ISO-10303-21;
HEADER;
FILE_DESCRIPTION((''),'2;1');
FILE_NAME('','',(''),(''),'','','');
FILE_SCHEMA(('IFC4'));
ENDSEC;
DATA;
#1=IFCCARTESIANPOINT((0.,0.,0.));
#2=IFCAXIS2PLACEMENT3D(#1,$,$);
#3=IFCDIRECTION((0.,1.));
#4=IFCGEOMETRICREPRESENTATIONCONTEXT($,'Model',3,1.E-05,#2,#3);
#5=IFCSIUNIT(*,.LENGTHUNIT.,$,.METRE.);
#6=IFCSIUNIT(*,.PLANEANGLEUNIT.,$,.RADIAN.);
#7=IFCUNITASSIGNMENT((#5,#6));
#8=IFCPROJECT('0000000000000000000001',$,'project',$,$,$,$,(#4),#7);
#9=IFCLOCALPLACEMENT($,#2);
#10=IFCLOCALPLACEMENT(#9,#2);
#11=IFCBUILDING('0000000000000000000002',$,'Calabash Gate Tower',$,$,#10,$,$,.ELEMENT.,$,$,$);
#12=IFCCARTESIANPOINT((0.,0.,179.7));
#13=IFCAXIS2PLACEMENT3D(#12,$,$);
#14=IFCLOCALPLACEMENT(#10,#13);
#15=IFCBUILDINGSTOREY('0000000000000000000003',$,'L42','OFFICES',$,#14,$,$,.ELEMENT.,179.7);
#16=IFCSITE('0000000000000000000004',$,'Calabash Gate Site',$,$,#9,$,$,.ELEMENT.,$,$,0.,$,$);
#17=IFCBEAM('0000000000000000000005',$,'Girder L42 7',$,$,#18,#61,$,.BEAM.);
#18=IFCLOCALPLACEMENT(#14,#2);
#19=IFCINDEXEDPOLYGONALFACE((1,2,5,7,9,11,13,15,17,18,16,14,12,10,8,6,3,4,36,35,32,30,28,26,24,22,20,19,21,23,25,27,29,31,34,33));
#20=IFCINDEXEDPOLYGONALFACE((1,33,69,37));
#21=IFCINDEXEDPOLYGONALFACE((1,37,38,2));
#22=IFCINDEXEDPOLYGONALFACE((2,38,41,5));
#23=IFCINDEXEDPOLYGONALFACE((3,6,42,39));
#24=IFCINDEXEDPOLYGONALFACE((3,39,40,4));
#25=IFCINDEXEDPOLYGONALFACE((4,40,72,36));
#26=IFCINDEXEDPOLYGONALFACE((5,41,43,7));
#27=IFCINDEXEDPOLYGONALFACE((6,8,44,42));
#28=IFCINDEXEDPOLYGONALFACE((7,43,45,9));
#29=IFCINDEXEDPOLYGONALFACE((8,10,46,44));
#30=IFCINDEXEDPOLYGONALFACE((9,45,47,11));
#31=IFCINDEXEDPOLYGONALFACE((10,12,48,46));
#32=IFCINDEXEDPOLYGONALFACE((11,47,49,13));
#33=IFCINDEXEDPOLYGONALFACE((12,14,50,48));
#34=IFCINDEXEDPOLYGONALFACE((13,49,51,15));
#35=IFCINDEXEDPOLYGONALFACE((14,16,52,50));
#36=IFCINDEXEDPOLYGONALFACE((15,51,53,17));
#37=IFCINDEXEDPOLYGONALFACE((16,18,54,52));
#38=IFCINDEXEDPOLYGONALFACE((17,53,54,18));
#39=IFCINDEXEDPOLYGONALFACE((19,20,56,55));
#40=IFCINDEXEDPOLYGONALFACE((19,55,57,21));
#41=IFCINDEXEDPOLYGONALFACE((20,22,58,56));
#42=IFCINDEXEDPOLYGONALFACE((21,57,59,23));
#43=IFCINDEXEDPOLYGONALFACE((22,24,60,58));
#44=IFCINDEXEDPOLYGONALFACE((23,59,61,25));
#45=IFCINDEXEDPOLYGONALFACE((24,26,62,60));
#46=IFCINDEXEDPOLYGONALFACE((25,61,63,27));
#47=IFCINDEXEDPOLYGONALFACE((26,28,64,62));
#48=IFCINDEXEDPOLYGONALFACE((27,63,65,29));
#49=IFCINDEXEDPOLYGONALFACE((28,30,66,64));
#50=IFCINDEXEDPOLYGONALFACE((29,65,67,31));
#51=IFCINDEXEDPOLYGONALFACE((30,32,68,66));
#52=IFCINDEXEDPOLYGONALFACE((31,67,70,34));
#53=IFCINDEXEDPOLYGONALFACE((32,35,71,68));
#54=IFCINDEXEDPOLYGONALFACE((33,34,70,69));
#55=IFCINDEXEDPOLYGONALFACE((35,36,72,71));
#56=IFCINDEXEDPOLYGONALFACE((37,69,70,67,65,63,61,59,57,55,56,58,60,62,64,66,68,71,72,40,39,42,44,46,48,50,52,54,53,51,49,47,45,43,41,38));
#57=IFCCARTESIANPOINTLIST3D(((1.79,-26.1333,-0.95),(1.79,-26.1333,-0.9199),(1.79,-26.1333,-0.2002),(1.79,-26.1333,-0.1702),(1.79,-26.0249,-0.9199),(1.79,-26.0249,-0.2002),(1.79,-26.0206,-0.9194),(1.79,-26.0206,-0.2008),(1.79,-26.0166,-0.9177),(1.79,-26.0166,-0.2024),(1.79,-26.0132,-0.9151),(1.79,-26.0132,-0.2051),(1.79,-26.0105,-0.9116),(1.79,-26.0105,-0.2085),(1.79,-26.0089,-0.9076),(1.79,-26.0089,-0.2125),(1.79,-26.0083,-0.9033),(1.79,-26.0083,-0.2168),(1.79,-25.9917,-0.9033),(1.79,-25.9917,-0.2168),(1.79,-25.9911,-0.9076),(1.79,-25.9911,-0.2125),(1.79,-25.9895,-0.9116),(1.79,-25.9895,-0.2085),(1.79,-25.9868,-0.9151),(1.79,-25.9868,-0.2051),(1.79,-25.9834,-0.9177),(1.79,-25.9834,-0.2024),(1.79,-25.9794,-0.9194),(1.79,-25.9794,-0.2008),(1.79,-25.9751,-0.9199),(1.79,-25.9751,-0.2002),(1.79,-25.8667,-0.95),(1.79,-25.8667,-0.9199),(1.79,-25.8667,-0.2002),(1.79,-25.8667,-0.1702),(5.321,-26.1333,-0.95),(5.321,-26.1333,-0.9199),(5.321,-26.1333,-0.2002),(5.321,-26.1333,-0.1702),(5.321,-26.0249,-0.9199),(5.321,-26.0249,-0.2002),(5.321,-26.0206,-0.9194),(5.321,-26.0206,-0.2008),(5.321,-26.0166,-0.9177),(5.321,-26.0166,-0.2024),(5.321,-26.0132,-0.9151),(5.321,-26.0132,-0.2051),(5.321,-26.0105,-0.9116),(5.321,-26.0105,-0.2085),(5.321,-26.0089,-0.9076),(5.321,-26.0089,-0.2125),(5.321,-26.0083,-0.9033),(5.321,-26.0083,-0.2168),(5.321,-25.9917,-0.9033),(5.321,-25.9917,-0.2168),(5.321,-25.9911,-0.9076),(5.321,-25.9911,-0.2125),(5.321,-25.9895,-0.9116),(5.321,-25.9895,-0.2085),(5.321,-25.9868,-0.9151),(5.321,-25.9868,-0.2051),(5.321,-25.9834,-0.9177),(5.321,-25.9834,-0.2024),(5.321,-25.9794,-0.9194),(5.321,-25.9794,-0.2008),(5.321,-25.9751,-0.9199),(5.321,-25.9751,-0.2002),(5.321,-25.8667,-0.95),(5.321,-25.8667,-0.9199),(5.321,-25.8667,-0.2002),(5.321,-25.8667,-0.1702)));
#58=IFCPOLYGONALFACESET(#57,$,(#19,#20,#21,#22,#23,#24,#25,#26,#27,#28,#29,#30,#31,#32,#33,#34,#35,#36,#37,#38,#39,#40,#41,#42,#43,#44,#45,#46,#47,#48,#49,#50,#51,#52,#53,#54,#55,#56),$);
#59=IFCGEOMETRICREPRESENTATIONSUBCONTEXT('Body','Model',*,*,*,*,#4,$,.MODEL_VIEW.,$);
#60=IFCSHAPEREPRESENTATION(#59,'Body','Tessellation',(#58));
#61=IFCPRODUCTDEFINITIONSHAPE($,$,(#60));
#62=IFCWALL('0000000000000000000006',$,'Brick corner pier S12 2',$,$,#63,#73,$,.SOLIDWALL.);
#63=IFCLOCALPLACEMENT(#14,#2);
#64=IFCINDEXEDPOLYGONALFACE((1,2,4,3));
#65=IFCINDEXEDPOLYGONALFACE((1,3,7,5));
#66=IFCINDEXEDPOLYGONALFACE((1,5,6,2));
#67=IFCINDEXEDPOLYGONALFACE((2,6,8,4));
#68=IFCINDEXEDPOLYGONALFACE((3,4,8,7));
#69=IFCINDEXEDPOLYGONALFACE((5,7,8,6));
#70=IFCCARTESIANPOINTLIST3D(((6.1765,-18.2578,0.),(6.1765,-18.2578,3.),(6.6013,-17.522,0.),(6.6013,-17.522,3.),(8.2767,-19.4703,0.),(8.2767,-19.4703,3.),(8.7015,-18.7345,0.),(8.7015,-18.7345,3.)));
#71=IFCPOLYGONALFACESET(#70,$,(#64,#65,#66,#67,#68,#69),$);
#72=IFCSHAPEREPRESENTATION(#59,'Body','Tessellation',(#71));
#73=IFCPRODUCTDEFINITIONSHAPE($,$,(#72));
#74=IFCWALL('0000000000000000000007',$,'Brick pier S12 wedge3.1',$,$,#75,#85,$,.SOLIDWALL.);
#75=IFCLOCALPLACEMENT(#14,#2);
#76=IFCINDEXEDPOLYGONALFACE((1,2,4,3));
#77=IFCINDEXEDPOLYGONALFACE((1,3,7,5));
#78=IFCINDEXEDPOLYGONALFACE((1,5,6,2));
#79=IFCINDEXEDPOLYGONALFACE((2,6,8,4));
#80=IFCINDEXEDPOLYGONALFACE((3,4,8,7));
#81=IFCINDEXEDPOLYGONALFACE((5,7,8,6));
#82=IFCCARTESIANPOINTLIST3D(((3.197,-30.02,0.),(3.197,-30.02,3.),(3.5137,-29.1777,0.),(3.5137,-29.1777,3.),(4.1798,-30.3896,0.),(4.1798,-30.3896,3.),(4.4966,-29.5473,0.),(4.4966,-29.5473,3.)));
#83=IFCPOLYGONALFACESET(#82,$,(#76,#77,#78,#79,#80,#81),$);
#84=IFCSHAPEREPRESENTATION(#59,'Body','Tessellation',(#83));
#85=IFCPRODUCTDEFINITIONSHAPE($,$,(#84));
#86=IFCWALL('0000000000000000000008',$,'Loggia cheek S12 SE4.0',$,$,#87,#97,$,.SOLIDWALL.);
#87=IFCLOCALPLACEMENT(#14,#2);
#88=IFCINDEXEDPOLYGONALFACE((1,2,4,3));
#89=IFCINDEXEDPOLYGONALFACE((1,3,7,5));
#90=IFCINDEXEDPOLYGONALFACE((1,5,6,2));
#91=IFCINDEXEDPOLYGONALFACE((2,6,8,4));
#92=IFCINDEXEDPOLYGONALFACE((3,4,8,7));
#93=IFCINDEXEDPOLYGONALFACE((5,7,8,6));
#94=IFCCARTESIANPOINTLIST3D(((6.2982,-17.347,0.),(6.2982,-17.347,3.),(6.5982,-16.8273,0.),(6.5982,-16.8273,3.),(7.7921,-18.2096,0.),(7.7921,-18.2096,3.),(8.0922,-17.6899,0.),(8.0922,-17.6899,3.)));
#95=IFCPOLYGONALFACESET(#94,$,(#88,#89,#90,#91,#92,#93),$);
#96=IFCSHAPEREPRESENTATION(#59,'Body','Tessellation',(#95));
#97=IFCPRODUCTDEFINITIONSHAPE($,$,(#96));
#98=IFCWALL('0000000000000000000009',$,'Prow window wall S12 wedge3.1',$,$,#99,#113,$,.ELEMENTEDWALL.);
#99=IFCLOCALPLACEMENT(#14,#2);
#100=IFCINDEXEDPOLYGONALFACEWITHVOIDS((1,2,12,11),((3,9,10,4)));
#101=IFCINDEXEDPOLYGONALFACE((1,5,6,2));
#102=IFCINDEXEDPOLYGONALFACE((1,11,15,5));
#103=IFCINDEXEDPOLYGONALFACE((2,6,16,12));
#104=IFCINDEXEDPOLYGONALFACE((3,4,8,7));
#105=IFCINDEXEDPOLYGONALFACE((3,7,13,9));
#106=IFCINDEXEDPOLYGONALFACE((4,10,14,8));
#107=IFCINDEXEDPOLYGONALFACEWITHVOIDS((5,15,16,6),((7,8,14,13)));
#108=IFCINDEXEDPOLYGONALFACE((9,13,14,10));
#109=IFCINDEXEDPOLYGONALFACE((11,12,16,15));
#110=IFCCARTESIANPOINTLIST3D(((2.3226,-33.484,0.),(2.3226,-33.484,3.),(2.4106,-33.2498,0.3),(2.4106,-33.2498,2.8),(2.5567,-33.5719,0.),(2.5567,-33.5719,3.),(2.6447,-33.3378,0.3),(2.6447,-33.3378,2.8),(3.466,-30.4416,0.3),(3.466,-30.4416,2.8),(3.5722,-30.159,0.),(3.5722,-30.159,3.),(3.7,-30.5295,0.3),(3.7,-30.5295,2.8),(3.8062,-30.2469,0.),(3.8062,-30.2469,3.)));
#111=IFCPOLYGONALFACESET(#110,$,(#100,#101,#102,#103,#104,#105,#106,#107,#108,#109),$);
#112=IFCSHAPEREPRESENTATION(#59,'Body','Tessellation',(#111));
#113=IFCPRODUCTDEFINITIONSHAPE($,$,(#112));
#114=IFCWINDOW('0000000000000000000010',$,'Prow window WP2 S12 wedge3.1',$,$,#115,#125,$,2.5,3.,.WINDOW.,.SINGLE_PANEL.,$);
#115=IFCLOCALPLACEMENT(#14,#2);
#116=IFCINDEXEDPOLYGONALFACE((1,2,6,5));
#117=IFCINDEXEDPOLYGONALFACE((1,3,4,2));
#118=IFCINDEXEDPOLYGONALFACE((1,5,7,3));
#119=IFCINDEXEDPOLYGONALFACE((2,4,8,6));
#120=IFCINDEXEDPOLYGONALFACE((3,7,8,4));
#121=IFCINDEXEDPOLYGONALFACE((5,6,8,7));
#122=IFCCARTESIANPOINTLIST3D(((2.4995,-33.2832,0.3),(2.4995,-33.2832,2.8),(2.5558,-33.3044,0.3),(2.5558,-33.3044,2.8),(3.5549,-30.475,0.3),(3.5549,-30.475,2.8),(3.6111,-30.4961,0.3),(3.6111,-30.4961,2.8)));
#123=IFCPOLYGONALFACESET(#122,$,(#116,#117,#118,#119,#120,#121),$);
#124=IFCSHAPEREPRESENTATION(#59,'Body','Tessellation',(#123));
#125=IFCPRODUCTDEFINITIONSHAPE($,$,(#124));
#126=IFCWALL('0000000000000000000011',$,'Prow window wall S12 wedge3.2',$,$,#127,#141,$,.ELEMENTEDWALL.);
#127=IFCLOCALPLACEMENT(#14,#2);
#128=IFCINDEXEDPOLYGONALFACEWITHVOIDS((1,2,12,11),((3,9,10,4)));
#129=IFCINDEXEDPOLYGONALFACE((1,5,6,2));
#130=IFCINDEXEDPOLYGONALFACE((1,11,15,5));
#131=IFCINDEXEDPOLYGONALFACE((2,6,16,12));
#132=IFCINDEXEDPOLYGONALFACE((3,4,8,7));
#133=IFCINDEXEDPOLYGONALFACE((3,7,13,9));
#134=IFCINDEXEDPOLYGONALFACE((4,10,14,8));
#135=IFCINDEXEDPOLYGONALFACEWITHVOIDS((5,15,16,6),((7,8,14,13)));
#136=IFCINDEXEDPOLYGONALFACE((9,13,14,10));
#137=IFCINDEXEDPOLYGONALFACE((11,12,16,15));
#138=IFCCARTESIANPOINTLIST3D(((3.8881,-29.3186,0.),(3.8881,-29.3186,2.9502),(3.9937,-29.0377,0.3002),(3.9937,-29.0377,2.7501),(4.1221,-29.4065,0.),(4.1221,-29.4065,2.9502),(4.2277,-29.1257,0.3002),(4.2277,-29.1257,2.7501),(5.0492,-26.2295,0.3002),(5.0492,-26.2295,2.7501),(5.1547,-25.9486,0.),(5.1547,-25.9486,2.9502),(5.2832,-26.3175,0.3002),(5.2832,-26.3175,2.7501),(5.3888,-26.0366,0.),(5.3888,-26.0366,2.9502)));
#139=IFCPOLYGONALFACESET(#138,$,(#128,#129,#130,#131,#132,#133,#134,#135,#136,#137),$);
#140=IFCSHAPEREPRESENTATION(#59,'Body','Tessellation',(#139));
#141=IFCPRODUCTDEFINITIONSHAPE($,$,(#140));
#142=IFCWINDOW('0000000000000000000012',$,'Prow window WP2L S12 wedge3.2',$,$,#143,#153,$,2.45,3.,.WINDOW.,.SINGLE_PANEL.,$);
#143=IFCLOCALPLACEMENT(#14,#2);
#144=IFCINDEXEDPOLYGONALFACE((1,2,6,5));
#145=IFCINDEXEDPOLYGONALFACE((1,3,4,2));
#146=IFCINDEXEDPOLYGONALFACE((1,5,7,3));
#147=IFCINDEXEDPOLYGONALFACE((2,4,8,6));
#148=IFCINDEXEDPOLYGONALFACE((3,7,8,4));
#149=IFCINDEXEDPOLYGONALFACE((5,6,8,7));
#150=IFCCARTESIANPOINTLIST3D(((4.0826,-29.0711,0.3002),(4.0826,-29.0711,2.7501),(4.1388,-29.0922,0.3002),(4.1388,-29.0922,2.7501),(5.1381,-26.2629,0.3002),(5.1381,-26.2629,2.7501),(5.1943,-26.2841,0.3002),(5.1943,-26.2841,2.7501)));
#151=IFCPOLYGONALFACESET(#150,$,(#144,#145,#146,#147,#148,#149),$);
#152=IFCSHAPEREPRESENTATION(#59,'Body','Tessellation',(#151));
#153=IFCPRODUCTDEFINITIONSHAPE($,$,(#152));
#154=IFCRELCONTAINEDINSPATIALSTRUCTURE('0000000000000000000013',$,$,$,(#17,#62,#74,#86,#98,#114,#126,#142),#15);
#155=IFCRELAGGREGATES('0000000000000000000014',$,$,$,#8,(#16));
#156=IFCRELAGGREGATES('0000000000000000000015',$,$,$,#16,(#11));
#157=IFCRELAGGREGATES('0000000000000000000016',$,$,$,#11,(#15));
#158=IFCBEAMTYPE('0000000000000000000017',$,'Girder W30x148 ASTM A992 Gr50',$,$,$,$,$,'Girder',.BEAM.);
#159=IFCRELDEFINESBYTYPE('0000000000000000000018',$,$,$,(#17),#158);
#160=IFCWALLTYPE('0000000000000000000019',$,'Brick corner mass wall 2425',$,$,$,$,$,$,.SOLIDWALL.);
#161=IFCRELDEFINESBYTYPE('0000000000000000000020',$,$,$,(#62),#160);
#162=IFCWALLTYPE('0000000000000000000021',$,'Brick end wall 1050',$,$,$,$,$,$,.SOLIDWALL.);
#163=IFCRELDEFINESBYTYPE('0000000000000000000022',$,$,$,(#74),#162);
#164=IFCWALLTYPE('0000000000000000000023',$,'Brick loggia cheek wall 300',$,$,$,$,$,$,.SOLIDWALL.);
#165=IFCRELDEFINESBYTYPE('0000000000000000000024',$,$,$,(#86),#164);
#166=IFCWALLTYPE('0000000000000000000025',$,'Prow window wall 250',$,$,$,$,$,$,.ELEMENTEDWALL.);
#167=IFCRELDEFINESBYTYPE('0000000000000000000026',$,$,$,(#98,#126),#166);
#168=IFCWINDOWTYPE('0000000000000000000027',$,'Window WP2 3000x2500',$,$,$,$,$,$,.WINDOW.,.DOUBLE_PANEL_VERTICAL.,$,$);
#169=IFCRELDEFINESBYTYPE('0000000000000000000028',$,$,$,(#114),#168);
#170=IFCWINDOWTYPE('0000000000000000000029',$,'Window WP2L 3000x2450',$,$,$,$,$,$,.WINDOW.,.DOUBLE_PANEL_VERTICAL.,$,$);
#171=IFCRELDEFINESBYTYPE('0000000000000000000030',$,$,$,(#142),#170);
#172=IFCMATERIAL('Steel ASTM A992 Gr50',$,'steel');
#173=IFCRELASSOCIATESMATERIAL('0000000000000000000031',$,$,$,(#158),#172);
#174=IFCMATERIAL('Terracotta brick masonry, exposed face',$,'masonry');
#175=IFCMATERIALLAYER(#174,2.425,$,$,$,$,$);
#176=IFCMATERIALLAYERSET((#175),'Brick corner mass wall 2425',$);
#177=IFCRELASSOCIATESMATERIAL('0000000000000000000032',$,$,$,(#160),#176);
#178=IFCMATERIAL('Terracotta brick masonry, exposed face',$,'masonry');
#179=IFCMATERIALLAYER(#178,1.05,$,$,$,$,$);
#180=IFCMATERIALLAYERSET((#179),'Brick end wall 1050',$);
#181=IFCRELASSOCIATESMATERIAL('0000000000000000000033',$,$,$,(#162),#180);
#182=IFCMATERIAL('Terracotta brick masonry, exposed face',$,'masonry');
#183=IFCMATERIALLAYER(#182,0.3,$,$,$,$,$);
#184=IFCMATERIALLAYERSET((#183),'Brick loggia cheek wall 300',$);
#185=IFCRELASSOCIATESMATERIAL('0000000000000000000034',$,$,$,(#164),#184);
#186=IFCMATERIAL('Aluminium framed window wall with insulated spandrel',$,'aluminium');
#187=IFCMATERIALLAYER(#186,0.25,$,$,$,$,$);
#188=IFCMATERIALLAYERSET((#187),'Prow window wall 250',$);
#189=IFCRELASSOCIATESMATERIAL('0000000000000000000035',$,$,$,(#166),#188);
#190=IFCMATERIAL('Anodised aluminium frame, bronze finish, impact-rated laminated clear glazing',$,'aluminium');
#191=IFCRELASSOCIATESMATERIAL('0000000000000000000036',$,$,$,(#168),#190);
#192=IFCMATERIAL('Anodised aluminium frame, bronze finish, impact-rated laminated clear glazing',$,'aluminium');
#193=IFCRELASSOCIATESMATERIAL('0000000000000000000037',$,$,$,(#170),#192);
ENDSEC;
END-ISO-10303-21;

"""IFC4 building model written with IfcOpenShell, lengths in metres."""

from ifc_helpers import new_model, si_unit, direction, frame, frame_2d, origin, origin_2d, place, context, subcontext, project, spatial, rectangle, i_section, extrude, material, layer, layer_set, material_profile, profile_set, type_object, element, fill, save


model = new_model("IFC4")

# Units and contexts
model_context = context("Model", 3, precision=1e-05, world=origin(), true_north=direction((0.0, 1.0)))
body_context = subcontext(model_context, "Body", "Model", "MODEL_VIEW")
ifc_project = project(units=[si_unit("LENGTHUNIT", "METRE"), si_unit("PLANEANGLEUNIT", "RADIAN")], contexts=[model_context])

# Site, building, storey
site_placement = place(None, origin())
site = spatial("IfcSite", under=ifc_project, at=site_placement, Name="Calabash Gate Site", CompositionType="ELEMENT", RefElevation=0.0)
building_placement = place(site_placement, origin())
building = spatial("IfcBuilding", under=site, at=building_placement, Name="Calabash Gate Tower", CompositionType="ELEMENT")
storey_placement = place(building_placement, frame((0.0, 0.0, 179.7)))
storey = spatial("IfcBuildingStorey", under=building, at=storey_placement, Name="L42", Description="OFFICES", CompositionType="ELEMENT", Elevation=179.7)

# Beam
ifc_material_1 = material(Name="Steel ASTM A992 Gr50", Category="steel")
ifc_material_profile_1 = material_profile(ifc_material_1, i_section(OverallWidth=0.2666, OverallDepth=0.7798, WebThickness=0.0166, FlangeThickness=0.03, FilletRadius=0.0166, at=origin_2d()))
ifc_profile_set_1 = profile_set([ifc_material_profile_1], Name="Steel ASTM A992 Gr50")
beam_type_1 = type_object("IfcBeamType", Name="Girder W30x148 ASTM A992 Gr50", ElementType="Girder", PredefinedType="BEAM", material=ifc_profile_set_1)
beam_1_placement = place(storey_placement, frame((1.79, -26.0, -0.5601), z_axis=(1.0, 0.0, 0.0), x_axis=(0.0, 1.0, 0.0)))
element("IfcBeam", 1, at=beam_1_placement, inside=storey, type_object=beam_type_1, Name="Girder L42 7", PredefinedType="BEAM", context=body_context, shape_type="SweptSolid", body=[
    extrude(i_section(OverallWidth=0.2666, OverallDepth=0.7798, WebThickness=0.0166, FlangeThickness=0.03, FilletRadius=0.0166, at=origin_2d()), origin(), (0.0, 0.0, 1.0), 3.531),
])

# Walls
ifc_material_2 = material(Name="Terracotta brick masonry, exposed face", Category="masonry")
ifc_layer_1 = layer(ifc_material_2, 2.425)
ifc_layer_set_1 = layer_set([ifc_layer_1], Name="Brick corner mass wall 2425")
wall_type_1 = type_object("IfcWallType", Name="Brick corner mass wall 2425", PredefinedType="SOLIDWALL", material=ifc_layer_set_1)
wall_1_placement = place(storey_placement, frame((8.489, -19.1023, 0.0), z_axis=(0.0, 0.0, 1.0), x_axis=(-0.866041, 0.499972, 0.0)))
element("IfcWall", 2, at=wall_1_placement, inside=storey, type_object=wall_type_1, Name="Brick corner pier S12 2", PredefinedType="SOLIDWALL", context=body_context, shape_type="SweptSolid", body=[
    extrude(rectangle(XDim=2.425, YDim=0.8496, at=frame_2d((1.2124, 0.0))), origin(), (0.0, 0.0, 1.0), 3.0),
])
ifc_material_3 = material(Name="Terracotta brick masonry, exposed face", Category="masonry")
ifc_layer_2 = layer(ifc_material_3, 1.05)
ifc_layer_set_2 = layer_set([ifc_layer_2], Name="Brick end wall 1050")
wall_type_2 = type_object("IfcWallType", Name="Brick end wall 1050", PredefinedType="SOLIDWALL", material=ifc_layer_set_2)
wall_2_placement = place(storey_placement, frame((3.3555, -29.5989, 0.0), z_axis=(0.0, 0.0, 1.0), x_axis=(0.936004, -0.35199, 0.0)))
element("IfcWall", 3, at=wall_2_placement, inside=storey, type_object=wall_type_2, Name="Brick pier S12 wedge3.1", PredefinedType="SOLIDWALL", context=body_context, shape_type="SweptSolid", body=[
    extrude(rectangle(XDim=1.05, YDim=0.8999, at=frame_2d((0.5249, 0.0))), origin(), (0.0, 0.0, 1.0), 3.0),
])
ifc_material_4 = material(Name="Terracotta brick masonry, exposed face", Category="masonry")
ifc_layer_3 = layer(ifc_material_4, 0.3)
ifc_layer_set_3 = layer_set([ifc_layer_3], Name="Brick loggia cheek wall 300")
wall_type_3 = type_object("IfcWallType", Name="Brick loggia cheek wall 300", PredefinedType="SOLIDWALL", material=ifc_layer_set_3)
wall_3_placement = place(storey_placement, frame((7.9421, -17.9497, 0.0), z_axis=(0.0, 0.0, 1.0), x_axis=(-0.866014, 0.500021, 0.0)))
element("IfcWall", 4, at=wall_3_placement, inside=storey, type_object=wall_type_3, Name="Loggia cheek S12 SE4.0", PredefinedType="SOLIDWALL", context=body_context, shape_type="SweptSolid", body=[
    extrude(rectangle(XDim=1.7251, YDim=0.6001, at=frame_2d((0.8625, 0.0))), origin(), (0.0, 0.0, 1.0), 3.0),
])

# Walls, openings, windows
ifc_material_5 = material(Name="Aluminium framed window wall with insulated spandrel", Category="aluminium")
ifc_layer_4 = layer(ifc_material_5, 0.25)
ifc_layer_set_4 = layer_set([ifc_layer_4], Name="Prow window wall 250")
wall_type_4 = type_object("IfcWallType", Name="Prow window wall 250", PredefinedType="ELEMENTEDWALL", material=ifc_layer_set_4)
wall_4_placement = place(storey_placement, frame((2.4397, -33.5278, 0.0), z_axis=(0.0, 0.0, 1.0), x_axis=(0.351779, 0.936083, 0.0)))
wall_4 = element("IfcWall", 5, at=wall_4_placement, inside=storey, type_object=wall_type_4, Name="Prow window wall S12 wedge3.1", PredefinedType="ELEMENTEDWALL", context=body_context, shape_type="SweptSolid", body=[
    extrude(rectangle(XDim=3.552, YDim=0.25, at=frame_2d((1.7759, 0.0))), origin(), (0.0, 0.0, 1.0), 3.0),
])
opening_1_placement = place(wall_4_placement, frame((0.25, 0.0, 0.3)))
opening_1 = element("IfcOpeningElement", 6, at=opening_1_placement, cuts=wall_4, PredefinedType="OPENING", context=body_context, shape_type="SweptSolid", body=[
    extrude(rectangle(XDim=3.0, YDim=2.5, at=frame_2d((1.5, 1.25))), frame((0.0, 0.135, 0.0), z_axis=(0.0, -1.0, 0.0), x_axis=(1.0, 0.0, 0.0)), (0.0, 0.0, 1.0), 0.27),
])
ifc_material_6 = material(Name="Anodised aluminium frame, bronze finish, impact-rated laminated clear glazing", Category="aluminium")
window_type_1 = type_object("IfcWindowType", Name="Window WP2 3000x2500", PartitioningType="DOUBLE_PANEL_VERTICAL", PredefinedType="WINDOW", material=ifc_material_6)
window_1_placement = place(opening_1_placement, origin())
window_1 = element("IfcWindow", 7, at=window_1_placement, inside=storey, type_object=window_type_1, Name="Prow window WP2 S12 wedge3.1", OverallHeight=2.5, OverallWidth=3.0, PartitioningType="SINGLE_PANEL", PredefinedType="WINDOW", context=body_context, shape_type="SweptSolid", body=[
    extrude(rectangle(XDim=3.0, YDim=2.5, at=frame_2d((1.5, 1.25))), frame((0.0, 0.03, 0.0), z_axis=(0.0, -1.0, 0.0), x_axis=(1.0, 0.0, 0.0)), (0.0, 0.0, 1.0), 0.0601),
])
fill(opening_1, window_1)
wall_5_placement = place(storey_placement, frame((4.0051, -29.3625, 0.0), z_axis=(0.0, 0.0, 1.0), x_axis=(0.351829, 0.936064, 0.0)))
wall_5 = element("IfcWall", 8, at=wall_5_placement, inside=storey, type_object=wall_type_4, Name="Prow window wall S12 wedge3.2", PredefinedType="ELEMENTEDWALL", context=body_context, shape_type="SweptSolid", body=[
    extrude(rectangle(XDim=3.6001, YDim=0.25, at=frame_2d((1.8, 0.0))), origin(), (0.0, 0.0, 1.0), 2.9502),
])
opening_2_placement = place(wall_5_placement, frame((0.3, 0.0, 0.3)))
opening_2 = element("IfcOpeningElement", 9, at=opening_2_placement, cuts=wall_5, PredefinedType="OPENING", context=body_context, shape_type="SweptSolid", body=[
    extrude(rectangle(XDim=3.0, YDim=2.45, at=frame_2d((1.5, 1.2251))), frame((0.0, 0.135, 0.0), z_axis=(0.0, -1.0, 0.0), x_axis=(1.0, 0.0, 0.0)), (0.0, 0.0, 1.0), 0.27),
])
ifc_material_7 = material(Name="Anodised aluminium frame, bronze finish, impact-rated laminated clear glazing", Category="aluminium")
window_type_2 = type_object("IfcWindowType", Name="Window WP2L 3000x2450", PartitioningType="DOUBLE_PANEL_VERTICAL", PredefinedType="WINDOW", material=ifc_material_7)
window_2_placement = place(opening_2_placement, origin())
window_2 = element("IfcWindow", 10, at=window_2_placement, inside=storey, type_object=window_type_2, Name="Prow window WP2L S12 wedge3.2", OverallHeight=2.45, OverallWidth=3.0, PartitioningType="SINGLE_PANEL", PredefinedType="WINDOW", context=body_context, shape_type="SweptSolid", body=[
    extrude(rectangle(XDim=3.0, YDim=2.45, at=frame_2d((1.5, 1.2251))), frame((0.0, 0.03, 0.0), z_axis=(0.0, -1.0, 0.0), x_axis=(1.0, 0.0, 0.0)), (0.0, 0.0, 1.0), 0.0601),
])
fill(opening_2, window_2)

save(model, "model.ifc")
